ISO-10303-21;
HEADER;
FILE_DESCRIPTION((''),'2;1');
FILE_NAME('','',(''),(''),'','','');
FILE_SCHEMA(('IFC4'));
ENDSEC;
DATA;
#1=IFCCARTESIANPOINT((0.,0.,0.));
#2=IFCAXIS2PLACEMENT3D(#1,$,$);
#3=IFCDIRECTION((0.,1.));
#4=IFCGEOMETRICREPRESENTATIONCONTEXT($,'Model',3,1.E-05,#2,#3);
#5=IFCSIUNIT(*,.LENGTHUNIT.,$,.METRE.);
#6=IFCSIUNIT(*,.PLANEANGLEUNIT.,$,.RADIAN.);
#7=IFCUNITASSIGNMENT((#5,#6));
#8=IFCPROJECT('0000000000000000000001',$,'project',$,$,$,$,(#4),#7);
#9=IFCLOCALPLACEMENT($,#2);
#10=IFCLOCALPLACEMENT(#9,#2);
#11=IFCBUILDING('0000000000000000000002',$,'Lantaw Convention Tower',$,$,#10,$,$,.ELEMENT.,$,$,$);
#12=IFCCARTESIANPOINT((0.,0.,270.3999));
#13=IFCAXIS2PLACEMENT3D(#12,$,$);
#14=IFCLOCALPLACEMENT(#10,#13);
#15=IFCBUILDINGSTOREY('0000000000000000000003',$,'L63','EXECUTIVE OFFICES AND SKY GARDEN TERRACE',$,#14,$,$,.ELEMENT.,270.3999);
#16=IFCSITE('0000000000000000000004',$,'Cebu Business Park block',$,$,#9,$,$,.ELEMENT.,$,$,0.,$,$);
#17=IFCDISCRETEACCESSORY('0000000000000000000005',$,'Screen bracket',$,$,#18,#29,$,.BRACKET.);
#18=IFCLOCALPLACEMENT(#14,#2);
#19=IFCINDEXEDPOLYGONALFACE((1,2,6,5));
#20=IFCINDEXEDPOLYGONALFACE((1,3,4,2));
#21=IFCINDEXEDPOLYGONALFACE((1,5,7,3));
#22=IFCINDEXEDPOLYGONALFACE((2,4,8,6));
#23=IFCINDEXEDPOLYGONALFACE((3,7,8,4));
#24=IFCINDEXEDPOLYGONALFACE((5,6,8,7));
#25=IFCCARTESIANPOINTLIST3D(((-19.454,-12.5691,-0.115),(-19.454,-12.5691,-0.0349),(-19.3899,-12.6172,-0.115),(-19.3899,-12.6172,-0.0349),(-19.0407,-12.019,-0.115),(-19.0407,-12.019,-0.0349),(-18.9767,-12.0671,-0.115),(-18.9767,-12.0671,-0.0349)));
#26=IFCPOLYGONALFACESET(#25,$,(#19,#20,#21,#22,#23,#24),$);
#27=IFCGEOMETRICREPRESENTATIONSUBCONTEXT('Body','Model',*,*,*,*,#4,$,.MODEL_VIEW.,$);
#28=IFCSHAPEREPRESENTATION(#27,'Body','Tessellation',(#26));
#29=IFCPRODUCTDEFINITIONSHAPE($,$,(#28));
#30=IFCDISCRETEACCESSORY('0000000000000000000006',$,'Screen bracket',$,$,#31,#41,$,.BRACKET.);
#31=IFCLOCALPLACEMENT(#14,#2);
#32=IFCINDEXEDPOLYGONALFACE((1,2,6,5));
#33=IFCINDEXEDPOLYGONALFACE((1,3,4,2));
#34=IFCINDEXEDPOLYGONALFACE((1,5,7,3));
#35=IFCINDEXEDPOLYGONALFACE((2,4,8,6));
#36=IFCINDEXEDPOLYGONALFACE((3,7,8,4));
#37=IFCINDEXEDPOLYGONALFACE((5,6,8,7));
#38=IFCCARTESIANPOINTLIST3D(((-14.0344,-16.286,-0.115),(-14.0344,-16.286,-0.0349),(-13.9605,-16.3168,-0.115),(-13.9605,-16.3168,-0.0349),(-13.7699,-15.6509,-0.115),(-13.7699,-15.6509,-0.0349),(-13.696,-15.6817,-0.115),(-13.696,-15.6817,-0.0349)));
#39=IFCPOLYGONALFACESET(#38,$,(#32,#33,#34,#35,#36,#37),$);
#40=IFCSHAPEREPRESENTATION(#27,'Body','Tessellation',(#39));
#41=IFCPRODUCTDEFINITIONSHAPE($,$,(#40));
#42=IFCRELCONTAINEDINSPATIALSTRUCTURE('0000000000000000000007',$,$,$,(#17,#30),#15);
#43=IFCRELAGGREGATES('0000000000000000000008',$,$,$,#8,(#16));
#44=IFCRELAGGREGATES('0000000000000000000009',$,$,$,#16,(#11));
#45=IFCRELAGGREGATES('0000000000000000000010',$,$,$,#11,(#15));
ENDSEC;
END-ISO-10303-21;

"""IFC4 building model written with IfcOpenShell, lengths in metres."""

from ifc_helpers import new_model, si_unit, direction, frame, origin, origin_2d, place, context, subcontext, project, spatial, rectangle, extrude, element, save


model = new_model("IFC4")

# Units and contexts
model_context = context("Model", 3, precision=1e-05, world=origin(), true_north=direction((0.0, 1.0)))
body_context = subcontext(model_context, "Body", "Model", "MODEL_VIEW")
ifc_project = project(units=[si_unit("LENGTHUNIT", "METRE"), si_unit("PLANEANGLEUNIT", "RADIAN")], contexts=[model_context])

# Site, building, storey
site_placement = place(None, origin())
site = spatial("IfcSite", under=ifc_project, at=site_placement, Name="Cebu Business Park block", CompositionType="ELEMENT", RefElevation=0.0)
building_placement = place(site_placement, origin())
building = spatial("IfcBuilding", under=site, at=building_placement, Name="Lantaw Convention Tower", CompositionType="ELEMENT")
storey_placement = place(building_placement, frame((0.0, 0.0, 270.3999)))
storey = spatial("IfcBuildingStorey", under=building, at=storey_placement, Name="L63", Description="EXECUTIVE OFFICES AND SKY GARDEN TERRACE", CompositionType="ELEMENT", Elevation=270.3999)

# Discrete accessories
for number, where, z_axis, x_axis, name in (
    (1, (-19.2153, -12.3181, -0.115), (0.0, 0.0, 1.0), (0.799518, -0.600643, 0.0), "Screen bracket"),
    (2, (-13.8652, -15.9839, -0.115), (0.0, 0.0, 1.0), (0.923142, -0.38446, 0.0), "Screen bracket"),
):
    element("IfcDiscreteAccessory", number, at=place(storey_placement, frame(where, z_axis=z_axis, x_axis=x_axis)), inside=storey, Name=name, PredefinedType="BRACKET", context=body_context, shape_type="SweptSolid", body=[
        extrude(rectangle(XDim=0.0801, YDim=0.688, at=origin_2d()), origin(), (0.0, 0.0, 1.0), 0.0801),
    ])

save(model, "model.ifc")
